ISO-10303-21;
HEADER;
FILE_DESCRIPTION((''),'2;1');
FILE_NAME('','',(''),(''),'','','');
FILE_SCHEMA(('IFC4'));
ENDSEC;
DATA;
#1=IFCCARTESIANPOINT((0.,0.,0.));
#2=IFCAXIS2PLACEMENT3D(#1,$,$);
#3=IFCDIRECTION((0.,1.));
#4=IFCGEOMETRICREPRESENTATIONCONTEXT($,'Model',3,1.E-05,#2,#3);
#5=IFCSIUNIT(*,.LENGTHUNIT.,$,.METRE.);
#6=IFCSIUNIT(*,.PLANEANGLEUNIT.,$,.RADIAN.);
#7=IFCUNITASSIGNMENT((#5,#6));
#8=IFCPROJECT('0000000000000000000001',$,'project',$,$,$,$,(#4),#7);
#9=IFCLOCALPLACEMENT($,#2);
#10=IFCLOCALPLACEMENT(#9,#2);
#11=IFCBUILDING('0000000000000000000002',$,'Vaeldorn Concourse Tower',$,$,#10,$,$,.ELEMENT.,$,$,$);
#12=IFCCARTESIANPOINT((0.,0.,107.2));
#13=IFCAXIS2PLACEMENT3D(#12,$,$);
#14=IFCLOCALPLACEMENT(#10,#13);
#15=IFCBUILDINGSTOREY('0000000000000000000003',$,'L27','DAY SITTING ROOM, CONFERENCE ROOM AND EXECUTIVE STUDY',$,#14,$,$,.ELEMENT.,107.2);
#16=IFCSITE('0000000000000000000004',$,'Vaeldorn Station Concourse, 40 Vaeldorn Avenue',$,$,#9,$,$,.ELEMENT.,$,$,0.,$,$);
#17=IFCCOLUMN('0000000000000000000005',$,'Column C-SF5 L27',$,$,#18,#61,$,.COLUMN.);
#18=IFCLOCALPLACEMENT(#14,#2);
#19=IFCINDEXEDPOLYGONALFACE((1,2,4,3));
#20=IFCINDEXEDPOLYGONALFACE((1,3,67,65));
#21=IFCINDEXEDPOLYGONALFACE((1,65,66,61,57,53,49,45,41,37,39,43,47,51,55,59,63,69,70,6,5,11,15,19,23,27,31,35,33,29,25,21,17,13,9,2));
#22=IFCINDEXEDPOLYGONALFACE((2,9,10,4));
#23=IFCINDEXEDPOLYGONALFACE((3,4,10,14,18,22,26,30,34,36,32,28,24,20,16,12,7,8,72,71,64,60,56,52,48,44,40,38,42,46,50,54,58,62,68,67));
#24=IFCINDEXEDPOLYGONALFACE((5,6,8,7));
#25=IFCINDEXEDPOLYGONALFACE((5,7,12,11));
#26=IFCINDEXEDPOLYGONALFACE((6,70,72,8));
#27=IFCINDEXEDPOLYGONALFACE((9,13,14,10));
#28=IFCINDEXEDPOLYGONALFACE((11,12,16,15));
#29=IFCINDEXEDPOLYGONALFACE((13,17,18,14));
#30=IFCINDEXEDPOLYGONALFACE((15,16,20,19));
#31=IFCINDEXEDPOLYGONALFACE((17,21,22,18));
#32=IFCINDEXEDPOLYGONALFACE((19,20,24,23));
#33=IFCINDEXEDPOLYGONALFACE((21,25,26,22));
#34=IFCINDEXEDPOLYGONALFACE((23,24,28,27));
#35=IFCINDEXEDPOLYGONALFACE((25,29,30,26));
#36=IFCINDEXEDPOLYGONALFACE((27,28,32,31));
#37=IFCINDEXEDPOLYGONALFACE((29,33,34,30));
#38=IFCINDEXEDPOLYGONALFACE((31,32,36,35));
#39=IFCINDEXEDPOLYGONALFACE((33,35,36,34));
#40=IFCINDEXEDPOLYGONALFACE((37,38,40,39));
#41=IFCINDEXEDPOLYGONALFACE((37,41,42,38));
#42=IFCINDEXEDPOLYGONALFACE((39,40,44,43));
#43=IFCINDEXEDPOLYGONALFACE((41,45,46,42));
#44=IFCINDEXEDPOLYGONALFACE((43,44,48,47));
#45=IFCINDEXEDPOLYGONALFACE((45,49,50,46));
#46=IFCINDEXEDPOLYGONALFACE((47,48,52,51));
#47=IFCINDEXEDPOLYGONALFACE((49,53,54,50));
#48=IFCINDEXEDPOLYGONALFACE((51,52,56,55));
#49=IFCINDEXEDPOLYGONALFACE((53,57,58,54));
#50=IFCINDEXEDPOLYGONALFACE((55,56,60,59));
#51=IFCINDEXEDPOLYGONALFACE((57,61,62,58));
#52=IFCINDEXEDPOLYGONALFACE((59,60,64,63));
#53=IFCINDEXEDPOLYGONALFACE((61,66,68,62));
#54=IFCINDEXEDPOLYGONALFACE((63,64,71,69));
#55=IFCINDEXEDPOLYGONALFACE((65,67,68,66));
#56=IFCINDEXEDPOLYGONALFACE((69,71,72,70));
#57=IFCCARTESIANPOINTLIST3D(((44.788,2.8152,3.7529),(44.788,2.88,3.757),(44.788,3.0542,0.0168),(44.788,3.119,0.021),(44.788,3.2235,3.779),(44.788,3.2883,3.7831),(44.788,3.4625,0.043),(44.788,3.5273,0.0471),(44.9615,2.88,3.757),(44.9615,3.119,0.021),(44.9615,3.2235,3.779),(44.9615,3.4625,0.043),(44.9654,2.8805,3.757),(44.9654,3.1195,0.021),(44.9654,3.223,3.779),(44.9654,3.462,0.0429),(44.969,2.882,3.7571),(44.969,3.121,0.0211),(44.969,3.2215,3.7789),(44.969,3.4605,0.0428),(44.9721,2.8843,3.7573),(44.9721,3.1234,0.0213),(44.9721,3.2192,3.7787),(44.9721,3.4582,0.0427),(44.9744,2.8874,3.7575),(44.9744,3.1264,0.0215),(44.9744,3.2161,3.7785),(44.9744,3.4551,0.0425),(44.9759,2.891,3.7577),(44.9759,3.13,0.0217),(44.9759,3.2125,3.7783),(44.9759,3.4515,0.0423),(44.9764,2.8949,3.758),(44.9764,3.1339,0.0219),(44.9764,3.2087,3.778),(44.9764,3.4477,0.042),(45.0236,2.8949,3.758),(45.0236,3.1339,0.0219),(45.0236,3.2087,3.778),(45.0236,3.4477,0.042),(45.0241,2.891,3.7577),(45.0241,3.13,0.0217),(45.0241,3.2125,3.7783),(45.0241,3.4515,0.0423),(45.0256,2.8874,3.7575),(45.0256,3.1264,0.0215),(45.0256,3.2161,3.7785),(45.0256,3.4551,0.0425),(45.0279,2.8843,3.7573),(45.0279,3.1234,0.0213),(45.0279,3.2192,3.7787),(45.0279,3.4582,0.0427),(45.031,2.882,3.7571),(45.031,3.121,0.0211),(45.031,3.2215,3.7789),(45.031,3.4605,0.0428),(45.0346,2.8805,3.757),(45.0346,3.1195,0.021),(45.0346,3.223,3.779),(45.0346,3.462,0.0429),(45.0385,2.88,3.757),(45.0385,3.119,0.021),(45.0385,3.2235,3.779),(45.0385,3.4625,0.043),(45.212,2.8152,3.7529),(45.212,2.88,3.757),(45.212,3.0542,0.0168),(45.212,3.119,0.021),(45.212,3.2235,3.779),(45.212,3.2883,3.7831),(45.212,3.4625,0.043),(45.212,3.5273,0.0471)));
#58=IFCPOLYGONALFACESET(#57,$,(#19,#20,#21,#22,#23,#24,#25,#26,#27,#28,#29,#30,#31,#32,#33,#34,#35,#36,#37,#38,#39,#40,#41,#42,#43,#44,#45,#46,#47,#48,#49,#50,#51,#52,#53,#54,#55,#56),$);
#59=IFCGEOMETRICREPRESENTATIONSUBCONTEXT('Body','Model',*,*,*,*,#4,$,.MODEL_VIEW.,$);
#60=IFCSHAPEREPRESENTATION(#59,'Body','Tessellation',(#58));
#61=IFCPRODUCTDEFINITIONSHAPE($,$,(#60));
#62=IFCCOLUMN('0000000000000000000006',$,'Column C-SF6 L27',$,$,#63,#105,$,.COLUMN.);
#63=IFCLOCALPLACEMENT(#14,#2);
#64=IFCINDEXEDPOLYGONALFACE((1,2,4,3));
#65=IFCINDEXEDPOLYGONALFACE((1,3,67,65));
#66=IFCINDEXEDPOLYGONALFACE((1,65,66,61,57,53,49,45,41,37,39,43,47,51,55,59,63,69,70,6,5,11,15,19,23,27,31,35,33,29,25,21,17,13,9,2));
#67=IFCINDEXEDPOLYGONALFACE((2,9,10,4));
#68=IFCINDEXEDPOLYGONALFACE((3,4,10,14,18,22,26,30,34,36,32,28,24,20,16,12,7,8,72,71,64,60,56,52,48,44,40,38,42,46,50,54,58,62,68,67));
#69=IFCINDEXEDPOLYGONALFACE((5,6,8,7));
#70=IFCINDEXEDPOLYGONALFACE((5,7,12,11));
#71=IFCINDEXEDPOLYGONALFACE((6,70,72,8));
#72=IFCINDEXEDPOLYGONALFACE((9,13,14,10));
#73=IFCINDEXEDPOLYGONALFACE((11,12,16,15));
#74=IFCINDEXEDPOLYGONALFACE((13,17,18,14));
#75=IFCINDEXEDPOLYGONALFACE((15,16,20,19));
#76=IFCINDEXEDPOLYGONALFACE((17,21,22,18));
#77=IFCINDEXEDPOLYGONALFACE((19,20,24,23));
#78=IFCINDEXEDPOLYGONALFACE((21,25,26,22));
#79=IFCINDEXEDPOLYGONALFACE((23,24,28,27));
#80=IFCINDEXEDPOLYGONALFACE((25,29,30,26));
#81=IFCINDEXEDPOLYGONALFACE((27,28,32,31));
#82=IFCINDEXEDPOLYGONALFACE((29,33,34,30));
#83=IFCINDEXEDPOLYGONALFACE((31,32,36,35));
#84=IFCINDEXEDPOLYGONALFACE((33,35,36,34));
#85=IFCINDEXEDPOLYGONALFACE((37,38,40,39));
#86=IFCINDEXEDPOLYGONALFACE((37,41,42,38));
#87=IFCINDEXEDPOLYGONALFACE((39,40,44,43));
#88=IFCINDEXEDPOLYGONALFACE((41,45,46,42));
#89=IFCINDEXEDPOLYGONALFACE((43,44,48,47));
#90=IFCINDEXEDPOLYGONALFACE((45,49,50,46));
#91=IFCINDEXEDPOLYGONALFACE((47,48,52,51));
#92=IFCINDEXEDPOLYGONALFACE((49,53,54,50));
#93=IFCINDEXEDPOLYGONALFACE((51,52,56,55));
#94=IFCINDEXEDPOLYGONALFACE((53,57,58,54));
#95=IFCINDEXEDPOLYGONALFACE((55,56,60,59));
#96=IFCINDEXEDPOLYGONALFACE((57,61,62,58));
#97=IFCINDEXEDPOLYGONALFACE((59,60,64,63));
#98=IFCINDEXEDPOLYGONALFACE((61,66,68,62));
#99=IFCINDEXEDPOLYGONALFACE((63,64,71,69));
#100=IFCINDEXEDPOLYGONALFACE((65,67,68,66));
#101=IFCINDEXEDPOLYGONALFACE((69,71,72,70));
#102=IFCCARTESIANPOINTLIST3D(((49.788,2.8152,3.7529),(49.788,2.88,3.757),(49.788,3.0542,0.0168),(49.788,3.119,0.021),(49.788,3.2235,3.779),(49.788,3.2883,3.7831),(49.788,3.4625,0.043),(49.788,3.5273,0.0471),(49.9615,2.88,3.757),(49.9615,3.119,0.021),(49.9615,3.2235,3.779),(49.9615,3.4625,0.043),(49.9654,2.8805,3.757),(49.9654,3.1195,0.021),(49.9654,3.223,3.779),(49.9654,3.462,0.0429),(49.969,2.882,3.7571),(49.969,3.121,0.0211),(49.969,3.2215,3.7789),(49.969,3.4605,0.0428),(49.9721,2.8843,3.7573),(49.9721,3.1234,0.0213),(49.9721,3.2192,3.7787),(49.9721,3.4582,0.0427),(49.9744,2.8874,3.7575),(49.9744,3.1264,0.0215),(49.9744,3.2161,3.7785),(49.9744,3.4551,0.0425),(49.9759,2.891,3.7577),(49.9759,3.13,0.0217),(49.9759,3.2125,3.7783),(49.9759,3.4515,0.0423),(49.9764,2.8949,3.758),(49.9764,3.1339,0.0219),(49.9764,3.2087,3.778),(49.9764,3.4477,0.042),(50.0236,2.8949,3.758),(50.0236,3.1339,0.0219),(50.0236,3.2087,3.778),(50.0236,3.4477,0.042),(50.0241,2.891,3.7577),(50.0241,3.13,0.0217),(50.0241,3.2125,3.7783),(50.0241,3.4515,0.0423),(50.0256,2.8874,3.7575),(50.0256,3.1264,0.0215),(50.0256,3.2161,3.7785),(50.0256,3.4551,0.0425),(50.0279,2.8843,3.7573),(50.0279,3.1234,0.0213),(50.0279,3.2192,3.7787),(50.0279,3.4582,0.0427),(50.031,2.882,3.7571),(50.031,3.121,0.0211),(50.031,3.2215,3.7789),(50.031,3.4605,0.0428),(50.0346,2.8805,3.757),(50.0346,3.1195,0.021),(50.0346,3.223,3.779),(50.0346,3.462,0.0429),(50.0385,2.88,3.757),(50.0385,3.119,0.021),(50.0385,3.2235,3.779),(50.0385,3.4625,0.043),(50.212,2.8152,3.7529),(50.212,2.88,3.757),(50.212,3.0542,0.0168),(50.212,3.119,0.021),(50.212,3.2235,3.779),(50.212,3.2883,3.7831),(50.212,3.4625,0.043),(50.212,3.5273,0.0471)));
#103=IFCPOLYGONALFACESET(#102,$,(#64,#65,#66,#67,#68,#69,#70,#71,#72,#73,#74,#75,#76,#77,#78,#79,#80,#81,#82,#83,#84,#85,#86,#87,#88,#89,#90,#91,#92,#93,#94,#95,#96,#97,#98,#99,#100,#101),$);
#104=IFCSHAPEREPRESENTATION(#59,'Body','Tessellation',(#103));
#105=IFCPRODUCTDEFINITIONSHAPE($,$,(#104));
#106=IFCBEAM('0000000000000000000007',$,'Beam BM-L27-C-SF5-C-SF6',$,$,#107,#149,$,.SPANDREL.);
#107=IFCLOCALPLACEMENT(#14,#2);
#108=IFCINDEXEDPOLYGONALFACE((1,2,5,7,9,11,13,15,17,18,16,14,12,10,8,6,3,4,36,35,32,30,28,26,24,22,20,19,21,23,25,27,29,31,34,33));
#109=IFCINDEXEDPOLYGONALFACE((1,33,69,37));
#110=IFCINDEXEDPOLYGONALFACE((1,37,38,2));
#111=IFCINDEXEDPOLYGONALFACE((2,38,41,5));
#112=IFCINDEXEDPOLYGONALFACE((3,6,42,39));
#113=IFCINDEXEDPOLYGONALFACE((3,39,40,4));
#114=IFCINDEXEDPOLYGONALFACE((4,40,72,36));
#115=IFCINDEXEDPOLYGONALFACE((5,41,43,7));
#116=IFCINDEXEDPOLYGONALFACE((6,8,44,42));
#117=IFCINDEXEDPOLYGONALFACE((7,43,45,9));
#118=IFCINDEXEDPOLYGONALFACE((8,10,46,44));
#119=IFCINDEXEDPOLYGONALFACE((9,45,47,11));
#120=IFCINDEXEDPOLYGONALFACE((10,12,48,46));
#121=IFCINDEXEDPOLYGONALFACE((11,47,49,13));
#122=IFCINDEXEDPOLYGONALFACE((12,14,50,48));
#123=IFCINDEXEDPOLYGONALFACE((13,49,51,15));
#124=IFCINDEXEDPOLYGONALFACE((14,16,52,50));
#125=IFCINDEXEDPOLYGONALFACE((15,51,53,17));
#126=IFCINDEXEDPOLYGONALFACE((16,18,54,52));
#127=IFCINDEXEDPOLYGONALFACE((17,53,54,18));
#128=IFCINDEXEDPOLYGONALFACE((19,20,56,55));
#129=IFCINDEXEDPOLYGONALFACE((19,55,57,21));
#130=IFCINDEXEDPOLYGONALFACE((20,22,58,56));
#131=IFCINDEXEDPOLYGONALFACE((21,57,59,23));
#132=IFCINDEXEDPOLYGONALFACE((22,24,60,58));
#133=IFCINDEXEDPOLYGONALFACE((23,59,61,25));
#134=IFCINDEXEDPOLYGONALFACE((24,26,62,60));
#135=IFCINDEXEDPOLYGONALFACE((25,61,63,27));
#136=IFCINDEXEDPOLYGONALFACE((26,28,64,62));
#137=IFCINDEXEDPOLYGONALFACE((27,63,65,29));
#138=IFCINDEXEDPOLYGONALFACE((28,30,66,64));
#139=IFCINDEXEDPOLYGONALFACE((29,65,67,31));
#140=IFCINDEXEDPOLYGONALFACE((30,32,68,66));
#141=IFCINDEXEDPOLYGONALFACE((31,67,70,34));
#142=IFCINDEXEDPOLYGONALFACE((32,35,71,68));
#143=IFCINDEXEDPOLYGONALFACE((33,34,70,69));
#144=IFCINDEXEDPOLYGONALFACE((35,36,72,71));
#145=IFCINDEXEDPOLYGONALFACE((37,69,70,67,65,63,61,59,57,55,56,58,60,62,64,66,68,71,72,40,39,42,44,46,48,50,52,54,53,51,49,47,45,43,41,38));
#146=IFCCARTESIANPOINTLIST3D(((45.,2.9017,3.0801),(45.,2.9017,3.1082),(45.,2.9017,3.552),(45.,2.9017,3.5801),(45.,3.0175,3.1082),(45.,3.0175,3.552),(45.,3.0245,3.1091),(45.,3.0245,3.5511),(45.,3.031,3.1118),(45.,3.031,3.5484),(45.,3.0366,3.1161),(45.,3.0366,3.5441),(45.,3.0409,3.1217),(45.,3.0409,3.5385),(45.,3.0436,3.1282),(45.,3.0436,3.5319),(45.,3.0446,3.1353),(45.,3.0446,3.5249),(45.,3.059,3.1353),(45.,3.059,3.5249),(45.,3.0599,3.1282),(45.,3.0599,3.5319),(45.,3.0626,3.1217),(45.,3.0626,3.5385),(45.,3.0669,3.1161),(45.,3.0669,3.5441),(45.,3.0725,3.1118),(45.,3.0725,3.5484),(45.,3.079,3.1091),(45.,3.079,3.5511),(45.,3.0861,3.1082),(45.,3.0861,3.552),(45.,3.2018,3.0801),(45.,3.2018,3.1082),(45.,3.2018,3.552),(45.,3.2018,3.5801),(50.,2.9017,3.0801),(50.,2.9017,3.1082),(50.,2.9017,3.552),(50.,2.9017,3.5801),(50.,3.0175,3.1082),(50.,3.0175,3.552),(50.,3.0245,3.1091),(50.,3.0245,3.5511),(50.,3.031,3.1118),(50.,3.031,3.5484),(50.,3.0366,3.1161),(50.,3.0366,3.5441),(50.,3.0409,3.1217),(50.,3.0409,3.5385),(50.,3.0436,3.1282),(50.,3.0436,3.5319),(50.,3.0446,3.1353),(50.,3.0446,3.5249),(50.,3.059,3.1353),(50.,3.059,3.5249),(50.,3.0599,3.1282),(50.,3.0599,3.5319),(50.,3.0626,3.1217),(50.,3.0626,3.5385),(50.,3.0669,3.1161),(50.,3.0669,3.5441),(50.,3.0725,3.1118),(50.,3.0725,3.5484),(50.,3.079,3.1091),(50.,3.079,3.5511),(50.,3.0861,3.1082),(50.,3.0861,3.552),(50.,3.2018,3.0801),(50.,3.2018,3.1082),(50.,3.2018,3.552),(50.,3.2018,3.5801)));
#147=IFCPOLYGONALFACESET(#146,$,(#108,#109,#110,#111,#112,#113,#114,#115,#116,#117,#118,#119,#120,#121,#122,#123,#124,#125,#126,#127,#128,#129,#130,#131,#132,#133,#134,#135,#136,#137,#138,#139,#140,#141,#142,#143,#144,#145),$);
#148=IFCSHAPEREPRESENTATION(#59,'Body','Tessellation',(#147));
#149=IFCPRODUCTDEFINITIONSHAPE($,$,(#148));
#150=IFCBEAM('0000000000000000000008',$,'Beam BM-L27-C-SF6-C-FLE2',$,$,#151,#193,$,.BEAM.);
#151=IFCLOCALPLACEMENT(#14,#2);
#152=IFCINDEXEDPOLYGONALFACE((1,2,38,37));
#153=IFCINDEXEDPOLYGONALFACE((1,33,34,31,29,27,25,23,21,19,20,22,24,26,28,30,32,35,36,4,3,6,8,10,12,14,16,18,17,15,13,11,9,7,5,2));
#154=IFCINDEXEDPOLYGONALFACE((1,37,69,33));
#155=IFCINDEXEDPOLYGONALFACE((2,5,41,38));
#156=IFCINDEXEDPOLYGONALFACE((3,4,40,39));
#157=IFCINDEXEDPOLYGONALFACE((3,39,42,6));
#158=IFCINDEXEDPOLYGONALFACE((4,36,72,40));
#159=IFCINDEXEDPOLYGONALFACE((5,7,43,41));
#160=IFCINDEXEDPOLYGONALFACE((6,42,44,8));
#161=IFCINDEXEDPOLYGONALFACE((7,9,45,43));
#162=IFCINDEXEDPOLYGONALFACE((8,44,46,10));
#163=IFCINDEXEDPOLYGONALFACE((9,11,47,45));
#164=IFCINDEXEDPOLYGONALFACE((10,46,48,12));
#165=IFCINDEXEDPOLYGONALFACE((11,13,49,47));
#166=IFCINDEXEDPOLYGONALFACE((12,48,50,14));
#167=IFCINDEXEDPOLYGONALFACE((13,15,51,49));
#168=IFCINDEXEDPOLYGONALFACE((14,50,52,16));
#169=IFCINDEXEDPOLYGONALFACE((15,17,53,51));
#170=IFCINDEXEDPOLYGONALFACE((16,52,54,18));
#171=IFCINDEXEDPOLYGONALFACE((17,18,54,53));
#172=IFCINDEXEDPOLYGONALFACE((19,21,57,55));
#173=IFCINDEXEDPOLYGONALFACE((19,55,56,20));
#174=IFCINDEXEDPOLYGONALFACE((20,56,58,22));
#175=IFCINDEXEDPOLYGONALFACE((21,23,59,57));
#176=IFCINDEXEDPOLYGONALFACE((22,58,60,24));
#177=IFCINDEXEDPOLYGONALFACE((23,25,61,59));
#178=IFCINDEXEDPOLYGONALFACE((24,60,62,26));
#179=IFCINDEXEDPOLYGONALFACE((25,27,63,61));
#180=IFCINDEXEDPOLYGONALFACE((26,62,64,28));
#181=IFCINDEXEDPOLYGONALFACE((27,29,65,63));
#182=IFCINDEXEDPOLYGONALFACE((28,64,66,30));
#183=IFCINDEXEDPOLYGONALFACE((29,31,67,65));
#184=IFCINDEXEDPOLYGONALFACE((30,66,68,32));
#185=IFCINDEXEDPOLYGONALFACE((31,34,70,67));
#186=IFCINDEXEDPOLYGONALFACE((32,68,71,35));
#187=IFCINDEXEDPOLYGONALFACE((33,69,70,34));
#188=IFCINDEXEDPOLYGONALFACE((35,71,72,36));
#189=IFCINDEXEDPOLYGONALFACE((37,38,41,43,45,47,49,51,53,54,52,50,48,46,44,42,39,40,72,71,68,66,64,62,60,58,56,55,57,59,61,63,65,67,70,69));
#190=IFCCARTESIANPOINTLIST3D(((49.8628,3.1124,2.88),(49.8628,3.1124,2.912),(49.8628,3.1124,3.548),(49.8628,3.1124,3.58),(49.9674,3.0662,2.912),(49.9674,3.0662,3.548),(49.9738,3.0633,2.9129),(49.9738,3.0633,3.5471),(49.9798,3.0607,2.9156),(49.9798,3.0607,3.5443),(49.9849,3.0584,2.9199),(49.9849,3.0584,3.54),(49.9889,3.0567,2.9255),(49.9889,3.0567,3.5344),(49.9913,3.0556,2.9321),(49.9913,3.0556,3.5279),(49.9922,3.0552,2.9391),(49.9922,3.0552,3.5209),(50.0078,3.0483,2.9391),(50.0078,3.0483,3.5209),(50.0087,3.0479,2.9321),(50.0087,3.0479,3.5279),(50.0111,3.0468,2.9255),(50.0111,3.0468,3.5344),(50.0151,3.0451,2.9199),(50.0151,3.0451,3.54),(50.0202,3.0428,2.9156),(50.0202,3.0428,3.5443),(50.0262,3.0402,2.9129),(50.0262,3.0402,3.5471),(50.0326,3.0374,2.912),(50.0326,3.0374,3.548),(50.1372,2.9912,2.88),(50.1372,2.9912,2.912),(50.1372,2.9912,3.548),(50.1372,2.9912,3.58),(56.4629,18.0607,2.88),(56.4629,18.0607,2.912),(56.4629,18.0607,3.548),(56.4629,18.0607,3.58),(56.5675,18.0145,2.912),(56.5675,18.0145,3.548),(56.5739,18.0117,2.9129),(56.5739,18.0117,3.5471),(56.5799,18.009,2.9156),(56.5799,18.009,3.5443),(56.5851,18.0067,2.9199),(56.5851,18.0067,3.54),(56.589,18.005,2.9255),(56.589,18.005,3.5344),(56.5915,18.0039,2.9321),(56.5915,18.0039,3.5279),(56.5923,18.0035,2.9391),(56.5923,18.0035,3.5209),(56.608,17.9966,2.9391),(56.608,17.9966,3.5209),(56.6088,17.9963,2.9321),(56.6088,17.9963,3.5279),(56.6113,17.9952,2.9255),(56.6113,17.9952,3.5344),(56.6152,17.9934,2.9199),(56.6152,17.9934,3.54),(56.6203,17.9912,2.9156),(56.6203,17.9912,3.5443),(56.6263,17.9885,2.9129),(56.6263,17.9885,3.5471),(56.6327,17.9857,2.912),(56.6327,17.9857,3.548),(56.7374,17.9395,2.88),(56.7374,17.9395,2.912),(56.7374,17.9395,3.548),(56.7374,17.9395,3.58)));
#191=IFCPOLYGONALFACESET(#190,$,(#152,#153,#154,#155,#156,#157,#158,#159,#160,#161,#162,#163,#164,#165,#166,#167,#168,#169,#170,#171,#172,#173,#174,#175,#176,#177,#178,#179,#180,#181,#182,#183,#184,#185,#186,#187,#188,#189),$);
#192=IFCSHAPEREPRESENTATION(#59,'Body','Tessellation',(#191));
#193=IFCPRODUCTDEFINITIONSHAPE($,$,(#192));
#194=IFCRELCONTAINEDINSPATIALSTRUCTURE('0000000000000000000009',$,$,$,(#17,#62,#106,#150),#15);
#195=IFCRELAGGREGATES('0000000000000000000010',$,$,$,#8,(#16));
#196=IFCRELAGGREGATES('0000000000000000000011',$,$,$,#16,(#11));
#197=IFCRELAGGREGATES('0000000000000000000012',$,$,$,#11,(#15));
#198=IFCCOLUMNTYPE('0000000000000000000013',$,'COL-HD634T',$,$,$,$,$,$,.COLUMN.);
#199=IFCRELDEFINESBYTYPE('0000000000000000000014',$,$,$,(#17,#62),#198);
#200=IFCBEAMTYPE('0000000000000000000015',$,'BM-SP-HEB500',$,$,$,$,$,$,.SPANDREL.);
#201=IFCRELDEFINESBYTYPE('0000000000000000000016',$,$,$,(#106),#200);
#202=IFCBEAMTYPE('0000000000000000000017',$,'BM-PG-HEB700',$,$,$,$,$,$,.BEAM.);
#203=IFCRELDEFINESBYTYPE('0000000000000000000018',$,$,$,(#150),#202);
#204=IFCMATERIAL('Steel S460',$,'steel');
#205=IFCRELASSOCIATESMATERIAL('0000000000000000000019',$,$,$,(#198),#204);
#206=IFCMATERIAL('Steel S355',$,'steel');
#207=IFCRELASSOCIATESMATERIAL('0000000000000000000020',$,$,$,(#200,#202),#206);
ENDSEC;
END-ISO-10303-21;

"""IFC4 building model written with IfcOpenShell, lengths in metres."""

from ifc_helpers import new_model, si_unit, direction, frame, origin, origin_2d, place, context, subcontext, project, spatial, i_section, extrude, source, transform, mapped, material, material_profile, profile_set, type_object, element, save


model = new_model("IFC4")

# Units and contexts
model_context = context("Model", 3, precision=1e-05, world=origin(), true_north=direction((0.0, 1.0)))
body_context = subcontext(model_context, "Body", "Model", "MODEL_VIEW")
ifc_project = project(units=[si_unit("LENGTHUNIT", "METRE"), si_unit("PLANEANGLEUNIT", "RADIAN")], contexts=[model_context])

# Site, building, storey
site_placement = place(None, origin())
site = spatial("IfcSite", under=ifc_project, at=site_placement, Name="Vaeldorn Station Concourse, 40 Vaeldorn Avenue", CompositionType="ELEMENT", RefElevation=0.0)
building_placement = place(site_placement, origin())
building = spatial("IfcBuilding", under=site, at=building_placement, Name="Vaeldorn Concourse Tower", CompositionType="ELEMENT")
storey_placement = place(building_placement, frame((0.0, 0.0, 107.2)))
storey = spatial("IfcBuildingStorey", under=building, at=storey_placement, Name="L27", Description="DAY SITTING ROOM, CONFERENCE ROOM AND EXECUTIVE STUDY", CompositionType="ELEMENT", Elevation=107.2)

# Columns
ifc_material_1 = material(Name="Steel S460", Category="steel")
ifc_material_profile_1 = material_profile(ifc_material_1, i_section(OverallWidth=0.4241, OverallDepth=0.4741, WebThickness=0.0471, FlangeThickness=0.0649, FilletRadius=0.0149, at=origin_2d()), Name="HD 400x634")
ifc_profile_set_1 = profile_set([ifc_material_profile_1], Name="Steel S460")
column_type = type_object("IfcColumnType", Name="COL-HD634T", PredefinedType="COLUMN", material=ifc_profile_set_1)
shared_shape_1 = source(origin(), body_context, "Body", "SweptSolid", [
    extrude(i_section(OverallWidth=0.4241, OverallDepth=0.4741, WebThickness=0.0471, FlangeThickness=0.0649, FilletRadius=0.0149, at=origin_2d()), origin(), (0.0, 0.0, 1.0), 3.7437),
])
for number, where, z_axis, x_axis, name in (
    (1, (45.0, 3.2908, 0.032), (0.0, -0.063844, 0.99796), (1.0, 0.0, 0.0), "Column C-SF5 L27"),
    (2, (50.0, 3.2908, 0.032), (0.0, -0.063844, 0.99796), (1.0, 0.0, 0.0), "Column C-SF6 L27"),
):
    element("IfcColumn", number, at=place(storey_placement, frame(where, z_axis=z_axis, x_axis=x_axis)), inside=storey, type_object=column_type, Name=name, PredefinedType="COLUMN", context=body_context, shape_type="MappedRepresentation", body=[
        mapped(shared_shape_1, transform((0.0, 0.0, 0.0), scale=1.0)),
    ])

# Beams
ifc_material_2 = material(Name="Steel S355", Category="steel")
ifc_material_profile_2 = material_profile(ifc_material_2, i_section(OverallWidth=0.3, OverallDepth=0.5, WebThickness=0.0144, FlangeThickness=0.0281, FilletRadius=0.0271, at=origin_2d()), Name="HEB 500")
ifc_profile_set_2 = profile_set([ifc_material_profile_2], Name="Steel S355")
beam_type_1 = type_object("IfcBeamType", Name="BM-SP-HEB500", PredefinedType="SPANDREL", material=ifc_profile_set_2)
shared_shape_2 = source(origin(), body_context, "Body", "SweptSolid", [
    extrude(i_section(OverallWidth=0.3, OverallDepth=0.5, WebThickness=0.0144, FlangeThickness=0.0281, FilletRadius=0.0271, at=origin_2d()), origin(), (0.0, 0.0, 1.0), 5.0),
])
beam_1_placement = place(storey_placement, frame((45.0, 3.0518, 3.3301), z_axis=(1.0, 0.0, 0.0), x_axis=(0.0, 1.0, 0.0)))
element("IfcBeam", 3, at=beam_1_placement, inside=storey, type_object=beam_type_1, Name="Beam BM-L27-C-SF5-C-SF6", PredefinedType="SPANDREL", context=body_context, shape_type="MappedRepresentation", body=[
    mapped(shared_shape_2, transform((0.0, 0.0, 0.0), scale=1.0)),
])
ifc_material_profile_3 = material_profile(ifc_material_2, i_section(OverallWidth=0.3, OverallDepth=0.7, WebThickness=0.0171, FlangeThickness=0.032, FilletRadius=0.0271, at=origin_2d()), Name="HEB 700")
ifc_profile_set_3 = profile_set([ifc_material_profile_3], Name="Steel S355")
beam_type_2 = type_object("IfcBeamType", Name="BM-PG-HEB700", PredefinedType="BEAM", material=ifc_profile_set_3)
shared_shape_3 = source(origin(), body_context, "Body", "SweptSolid", [
    extrude(i_section(OverallWidth=0.3, OverallDepth=0.7, WebThickness=0.0171, FlangeThickness=0.032, FilletRadius=0.0271, at=origin_2d()), origin(), (0.0, 0.0, 1.0), 16.3406),
])
beam_2_placement = place(storey_placement, frame((50.0, 3.0518, 3.23), z_axis=(0.403911, 0.914798, 0.0), x_axis=(-0.914798, 0.403911, 0.0)))
element("IfcBeam", 4, at=beam_2_placement, inside=storey, type_object=beam_type_2, Name="Beam BM-L27-C-SF6-C-FLE2", PredefinedType="BEAM", context=body_context, shape_type="MappedRepresentation", body=[
    mapped(shared_shape_3, transform((0.0, 0.0, 0.0), scale=1.0)),
])

save(model, "model.ifc")
